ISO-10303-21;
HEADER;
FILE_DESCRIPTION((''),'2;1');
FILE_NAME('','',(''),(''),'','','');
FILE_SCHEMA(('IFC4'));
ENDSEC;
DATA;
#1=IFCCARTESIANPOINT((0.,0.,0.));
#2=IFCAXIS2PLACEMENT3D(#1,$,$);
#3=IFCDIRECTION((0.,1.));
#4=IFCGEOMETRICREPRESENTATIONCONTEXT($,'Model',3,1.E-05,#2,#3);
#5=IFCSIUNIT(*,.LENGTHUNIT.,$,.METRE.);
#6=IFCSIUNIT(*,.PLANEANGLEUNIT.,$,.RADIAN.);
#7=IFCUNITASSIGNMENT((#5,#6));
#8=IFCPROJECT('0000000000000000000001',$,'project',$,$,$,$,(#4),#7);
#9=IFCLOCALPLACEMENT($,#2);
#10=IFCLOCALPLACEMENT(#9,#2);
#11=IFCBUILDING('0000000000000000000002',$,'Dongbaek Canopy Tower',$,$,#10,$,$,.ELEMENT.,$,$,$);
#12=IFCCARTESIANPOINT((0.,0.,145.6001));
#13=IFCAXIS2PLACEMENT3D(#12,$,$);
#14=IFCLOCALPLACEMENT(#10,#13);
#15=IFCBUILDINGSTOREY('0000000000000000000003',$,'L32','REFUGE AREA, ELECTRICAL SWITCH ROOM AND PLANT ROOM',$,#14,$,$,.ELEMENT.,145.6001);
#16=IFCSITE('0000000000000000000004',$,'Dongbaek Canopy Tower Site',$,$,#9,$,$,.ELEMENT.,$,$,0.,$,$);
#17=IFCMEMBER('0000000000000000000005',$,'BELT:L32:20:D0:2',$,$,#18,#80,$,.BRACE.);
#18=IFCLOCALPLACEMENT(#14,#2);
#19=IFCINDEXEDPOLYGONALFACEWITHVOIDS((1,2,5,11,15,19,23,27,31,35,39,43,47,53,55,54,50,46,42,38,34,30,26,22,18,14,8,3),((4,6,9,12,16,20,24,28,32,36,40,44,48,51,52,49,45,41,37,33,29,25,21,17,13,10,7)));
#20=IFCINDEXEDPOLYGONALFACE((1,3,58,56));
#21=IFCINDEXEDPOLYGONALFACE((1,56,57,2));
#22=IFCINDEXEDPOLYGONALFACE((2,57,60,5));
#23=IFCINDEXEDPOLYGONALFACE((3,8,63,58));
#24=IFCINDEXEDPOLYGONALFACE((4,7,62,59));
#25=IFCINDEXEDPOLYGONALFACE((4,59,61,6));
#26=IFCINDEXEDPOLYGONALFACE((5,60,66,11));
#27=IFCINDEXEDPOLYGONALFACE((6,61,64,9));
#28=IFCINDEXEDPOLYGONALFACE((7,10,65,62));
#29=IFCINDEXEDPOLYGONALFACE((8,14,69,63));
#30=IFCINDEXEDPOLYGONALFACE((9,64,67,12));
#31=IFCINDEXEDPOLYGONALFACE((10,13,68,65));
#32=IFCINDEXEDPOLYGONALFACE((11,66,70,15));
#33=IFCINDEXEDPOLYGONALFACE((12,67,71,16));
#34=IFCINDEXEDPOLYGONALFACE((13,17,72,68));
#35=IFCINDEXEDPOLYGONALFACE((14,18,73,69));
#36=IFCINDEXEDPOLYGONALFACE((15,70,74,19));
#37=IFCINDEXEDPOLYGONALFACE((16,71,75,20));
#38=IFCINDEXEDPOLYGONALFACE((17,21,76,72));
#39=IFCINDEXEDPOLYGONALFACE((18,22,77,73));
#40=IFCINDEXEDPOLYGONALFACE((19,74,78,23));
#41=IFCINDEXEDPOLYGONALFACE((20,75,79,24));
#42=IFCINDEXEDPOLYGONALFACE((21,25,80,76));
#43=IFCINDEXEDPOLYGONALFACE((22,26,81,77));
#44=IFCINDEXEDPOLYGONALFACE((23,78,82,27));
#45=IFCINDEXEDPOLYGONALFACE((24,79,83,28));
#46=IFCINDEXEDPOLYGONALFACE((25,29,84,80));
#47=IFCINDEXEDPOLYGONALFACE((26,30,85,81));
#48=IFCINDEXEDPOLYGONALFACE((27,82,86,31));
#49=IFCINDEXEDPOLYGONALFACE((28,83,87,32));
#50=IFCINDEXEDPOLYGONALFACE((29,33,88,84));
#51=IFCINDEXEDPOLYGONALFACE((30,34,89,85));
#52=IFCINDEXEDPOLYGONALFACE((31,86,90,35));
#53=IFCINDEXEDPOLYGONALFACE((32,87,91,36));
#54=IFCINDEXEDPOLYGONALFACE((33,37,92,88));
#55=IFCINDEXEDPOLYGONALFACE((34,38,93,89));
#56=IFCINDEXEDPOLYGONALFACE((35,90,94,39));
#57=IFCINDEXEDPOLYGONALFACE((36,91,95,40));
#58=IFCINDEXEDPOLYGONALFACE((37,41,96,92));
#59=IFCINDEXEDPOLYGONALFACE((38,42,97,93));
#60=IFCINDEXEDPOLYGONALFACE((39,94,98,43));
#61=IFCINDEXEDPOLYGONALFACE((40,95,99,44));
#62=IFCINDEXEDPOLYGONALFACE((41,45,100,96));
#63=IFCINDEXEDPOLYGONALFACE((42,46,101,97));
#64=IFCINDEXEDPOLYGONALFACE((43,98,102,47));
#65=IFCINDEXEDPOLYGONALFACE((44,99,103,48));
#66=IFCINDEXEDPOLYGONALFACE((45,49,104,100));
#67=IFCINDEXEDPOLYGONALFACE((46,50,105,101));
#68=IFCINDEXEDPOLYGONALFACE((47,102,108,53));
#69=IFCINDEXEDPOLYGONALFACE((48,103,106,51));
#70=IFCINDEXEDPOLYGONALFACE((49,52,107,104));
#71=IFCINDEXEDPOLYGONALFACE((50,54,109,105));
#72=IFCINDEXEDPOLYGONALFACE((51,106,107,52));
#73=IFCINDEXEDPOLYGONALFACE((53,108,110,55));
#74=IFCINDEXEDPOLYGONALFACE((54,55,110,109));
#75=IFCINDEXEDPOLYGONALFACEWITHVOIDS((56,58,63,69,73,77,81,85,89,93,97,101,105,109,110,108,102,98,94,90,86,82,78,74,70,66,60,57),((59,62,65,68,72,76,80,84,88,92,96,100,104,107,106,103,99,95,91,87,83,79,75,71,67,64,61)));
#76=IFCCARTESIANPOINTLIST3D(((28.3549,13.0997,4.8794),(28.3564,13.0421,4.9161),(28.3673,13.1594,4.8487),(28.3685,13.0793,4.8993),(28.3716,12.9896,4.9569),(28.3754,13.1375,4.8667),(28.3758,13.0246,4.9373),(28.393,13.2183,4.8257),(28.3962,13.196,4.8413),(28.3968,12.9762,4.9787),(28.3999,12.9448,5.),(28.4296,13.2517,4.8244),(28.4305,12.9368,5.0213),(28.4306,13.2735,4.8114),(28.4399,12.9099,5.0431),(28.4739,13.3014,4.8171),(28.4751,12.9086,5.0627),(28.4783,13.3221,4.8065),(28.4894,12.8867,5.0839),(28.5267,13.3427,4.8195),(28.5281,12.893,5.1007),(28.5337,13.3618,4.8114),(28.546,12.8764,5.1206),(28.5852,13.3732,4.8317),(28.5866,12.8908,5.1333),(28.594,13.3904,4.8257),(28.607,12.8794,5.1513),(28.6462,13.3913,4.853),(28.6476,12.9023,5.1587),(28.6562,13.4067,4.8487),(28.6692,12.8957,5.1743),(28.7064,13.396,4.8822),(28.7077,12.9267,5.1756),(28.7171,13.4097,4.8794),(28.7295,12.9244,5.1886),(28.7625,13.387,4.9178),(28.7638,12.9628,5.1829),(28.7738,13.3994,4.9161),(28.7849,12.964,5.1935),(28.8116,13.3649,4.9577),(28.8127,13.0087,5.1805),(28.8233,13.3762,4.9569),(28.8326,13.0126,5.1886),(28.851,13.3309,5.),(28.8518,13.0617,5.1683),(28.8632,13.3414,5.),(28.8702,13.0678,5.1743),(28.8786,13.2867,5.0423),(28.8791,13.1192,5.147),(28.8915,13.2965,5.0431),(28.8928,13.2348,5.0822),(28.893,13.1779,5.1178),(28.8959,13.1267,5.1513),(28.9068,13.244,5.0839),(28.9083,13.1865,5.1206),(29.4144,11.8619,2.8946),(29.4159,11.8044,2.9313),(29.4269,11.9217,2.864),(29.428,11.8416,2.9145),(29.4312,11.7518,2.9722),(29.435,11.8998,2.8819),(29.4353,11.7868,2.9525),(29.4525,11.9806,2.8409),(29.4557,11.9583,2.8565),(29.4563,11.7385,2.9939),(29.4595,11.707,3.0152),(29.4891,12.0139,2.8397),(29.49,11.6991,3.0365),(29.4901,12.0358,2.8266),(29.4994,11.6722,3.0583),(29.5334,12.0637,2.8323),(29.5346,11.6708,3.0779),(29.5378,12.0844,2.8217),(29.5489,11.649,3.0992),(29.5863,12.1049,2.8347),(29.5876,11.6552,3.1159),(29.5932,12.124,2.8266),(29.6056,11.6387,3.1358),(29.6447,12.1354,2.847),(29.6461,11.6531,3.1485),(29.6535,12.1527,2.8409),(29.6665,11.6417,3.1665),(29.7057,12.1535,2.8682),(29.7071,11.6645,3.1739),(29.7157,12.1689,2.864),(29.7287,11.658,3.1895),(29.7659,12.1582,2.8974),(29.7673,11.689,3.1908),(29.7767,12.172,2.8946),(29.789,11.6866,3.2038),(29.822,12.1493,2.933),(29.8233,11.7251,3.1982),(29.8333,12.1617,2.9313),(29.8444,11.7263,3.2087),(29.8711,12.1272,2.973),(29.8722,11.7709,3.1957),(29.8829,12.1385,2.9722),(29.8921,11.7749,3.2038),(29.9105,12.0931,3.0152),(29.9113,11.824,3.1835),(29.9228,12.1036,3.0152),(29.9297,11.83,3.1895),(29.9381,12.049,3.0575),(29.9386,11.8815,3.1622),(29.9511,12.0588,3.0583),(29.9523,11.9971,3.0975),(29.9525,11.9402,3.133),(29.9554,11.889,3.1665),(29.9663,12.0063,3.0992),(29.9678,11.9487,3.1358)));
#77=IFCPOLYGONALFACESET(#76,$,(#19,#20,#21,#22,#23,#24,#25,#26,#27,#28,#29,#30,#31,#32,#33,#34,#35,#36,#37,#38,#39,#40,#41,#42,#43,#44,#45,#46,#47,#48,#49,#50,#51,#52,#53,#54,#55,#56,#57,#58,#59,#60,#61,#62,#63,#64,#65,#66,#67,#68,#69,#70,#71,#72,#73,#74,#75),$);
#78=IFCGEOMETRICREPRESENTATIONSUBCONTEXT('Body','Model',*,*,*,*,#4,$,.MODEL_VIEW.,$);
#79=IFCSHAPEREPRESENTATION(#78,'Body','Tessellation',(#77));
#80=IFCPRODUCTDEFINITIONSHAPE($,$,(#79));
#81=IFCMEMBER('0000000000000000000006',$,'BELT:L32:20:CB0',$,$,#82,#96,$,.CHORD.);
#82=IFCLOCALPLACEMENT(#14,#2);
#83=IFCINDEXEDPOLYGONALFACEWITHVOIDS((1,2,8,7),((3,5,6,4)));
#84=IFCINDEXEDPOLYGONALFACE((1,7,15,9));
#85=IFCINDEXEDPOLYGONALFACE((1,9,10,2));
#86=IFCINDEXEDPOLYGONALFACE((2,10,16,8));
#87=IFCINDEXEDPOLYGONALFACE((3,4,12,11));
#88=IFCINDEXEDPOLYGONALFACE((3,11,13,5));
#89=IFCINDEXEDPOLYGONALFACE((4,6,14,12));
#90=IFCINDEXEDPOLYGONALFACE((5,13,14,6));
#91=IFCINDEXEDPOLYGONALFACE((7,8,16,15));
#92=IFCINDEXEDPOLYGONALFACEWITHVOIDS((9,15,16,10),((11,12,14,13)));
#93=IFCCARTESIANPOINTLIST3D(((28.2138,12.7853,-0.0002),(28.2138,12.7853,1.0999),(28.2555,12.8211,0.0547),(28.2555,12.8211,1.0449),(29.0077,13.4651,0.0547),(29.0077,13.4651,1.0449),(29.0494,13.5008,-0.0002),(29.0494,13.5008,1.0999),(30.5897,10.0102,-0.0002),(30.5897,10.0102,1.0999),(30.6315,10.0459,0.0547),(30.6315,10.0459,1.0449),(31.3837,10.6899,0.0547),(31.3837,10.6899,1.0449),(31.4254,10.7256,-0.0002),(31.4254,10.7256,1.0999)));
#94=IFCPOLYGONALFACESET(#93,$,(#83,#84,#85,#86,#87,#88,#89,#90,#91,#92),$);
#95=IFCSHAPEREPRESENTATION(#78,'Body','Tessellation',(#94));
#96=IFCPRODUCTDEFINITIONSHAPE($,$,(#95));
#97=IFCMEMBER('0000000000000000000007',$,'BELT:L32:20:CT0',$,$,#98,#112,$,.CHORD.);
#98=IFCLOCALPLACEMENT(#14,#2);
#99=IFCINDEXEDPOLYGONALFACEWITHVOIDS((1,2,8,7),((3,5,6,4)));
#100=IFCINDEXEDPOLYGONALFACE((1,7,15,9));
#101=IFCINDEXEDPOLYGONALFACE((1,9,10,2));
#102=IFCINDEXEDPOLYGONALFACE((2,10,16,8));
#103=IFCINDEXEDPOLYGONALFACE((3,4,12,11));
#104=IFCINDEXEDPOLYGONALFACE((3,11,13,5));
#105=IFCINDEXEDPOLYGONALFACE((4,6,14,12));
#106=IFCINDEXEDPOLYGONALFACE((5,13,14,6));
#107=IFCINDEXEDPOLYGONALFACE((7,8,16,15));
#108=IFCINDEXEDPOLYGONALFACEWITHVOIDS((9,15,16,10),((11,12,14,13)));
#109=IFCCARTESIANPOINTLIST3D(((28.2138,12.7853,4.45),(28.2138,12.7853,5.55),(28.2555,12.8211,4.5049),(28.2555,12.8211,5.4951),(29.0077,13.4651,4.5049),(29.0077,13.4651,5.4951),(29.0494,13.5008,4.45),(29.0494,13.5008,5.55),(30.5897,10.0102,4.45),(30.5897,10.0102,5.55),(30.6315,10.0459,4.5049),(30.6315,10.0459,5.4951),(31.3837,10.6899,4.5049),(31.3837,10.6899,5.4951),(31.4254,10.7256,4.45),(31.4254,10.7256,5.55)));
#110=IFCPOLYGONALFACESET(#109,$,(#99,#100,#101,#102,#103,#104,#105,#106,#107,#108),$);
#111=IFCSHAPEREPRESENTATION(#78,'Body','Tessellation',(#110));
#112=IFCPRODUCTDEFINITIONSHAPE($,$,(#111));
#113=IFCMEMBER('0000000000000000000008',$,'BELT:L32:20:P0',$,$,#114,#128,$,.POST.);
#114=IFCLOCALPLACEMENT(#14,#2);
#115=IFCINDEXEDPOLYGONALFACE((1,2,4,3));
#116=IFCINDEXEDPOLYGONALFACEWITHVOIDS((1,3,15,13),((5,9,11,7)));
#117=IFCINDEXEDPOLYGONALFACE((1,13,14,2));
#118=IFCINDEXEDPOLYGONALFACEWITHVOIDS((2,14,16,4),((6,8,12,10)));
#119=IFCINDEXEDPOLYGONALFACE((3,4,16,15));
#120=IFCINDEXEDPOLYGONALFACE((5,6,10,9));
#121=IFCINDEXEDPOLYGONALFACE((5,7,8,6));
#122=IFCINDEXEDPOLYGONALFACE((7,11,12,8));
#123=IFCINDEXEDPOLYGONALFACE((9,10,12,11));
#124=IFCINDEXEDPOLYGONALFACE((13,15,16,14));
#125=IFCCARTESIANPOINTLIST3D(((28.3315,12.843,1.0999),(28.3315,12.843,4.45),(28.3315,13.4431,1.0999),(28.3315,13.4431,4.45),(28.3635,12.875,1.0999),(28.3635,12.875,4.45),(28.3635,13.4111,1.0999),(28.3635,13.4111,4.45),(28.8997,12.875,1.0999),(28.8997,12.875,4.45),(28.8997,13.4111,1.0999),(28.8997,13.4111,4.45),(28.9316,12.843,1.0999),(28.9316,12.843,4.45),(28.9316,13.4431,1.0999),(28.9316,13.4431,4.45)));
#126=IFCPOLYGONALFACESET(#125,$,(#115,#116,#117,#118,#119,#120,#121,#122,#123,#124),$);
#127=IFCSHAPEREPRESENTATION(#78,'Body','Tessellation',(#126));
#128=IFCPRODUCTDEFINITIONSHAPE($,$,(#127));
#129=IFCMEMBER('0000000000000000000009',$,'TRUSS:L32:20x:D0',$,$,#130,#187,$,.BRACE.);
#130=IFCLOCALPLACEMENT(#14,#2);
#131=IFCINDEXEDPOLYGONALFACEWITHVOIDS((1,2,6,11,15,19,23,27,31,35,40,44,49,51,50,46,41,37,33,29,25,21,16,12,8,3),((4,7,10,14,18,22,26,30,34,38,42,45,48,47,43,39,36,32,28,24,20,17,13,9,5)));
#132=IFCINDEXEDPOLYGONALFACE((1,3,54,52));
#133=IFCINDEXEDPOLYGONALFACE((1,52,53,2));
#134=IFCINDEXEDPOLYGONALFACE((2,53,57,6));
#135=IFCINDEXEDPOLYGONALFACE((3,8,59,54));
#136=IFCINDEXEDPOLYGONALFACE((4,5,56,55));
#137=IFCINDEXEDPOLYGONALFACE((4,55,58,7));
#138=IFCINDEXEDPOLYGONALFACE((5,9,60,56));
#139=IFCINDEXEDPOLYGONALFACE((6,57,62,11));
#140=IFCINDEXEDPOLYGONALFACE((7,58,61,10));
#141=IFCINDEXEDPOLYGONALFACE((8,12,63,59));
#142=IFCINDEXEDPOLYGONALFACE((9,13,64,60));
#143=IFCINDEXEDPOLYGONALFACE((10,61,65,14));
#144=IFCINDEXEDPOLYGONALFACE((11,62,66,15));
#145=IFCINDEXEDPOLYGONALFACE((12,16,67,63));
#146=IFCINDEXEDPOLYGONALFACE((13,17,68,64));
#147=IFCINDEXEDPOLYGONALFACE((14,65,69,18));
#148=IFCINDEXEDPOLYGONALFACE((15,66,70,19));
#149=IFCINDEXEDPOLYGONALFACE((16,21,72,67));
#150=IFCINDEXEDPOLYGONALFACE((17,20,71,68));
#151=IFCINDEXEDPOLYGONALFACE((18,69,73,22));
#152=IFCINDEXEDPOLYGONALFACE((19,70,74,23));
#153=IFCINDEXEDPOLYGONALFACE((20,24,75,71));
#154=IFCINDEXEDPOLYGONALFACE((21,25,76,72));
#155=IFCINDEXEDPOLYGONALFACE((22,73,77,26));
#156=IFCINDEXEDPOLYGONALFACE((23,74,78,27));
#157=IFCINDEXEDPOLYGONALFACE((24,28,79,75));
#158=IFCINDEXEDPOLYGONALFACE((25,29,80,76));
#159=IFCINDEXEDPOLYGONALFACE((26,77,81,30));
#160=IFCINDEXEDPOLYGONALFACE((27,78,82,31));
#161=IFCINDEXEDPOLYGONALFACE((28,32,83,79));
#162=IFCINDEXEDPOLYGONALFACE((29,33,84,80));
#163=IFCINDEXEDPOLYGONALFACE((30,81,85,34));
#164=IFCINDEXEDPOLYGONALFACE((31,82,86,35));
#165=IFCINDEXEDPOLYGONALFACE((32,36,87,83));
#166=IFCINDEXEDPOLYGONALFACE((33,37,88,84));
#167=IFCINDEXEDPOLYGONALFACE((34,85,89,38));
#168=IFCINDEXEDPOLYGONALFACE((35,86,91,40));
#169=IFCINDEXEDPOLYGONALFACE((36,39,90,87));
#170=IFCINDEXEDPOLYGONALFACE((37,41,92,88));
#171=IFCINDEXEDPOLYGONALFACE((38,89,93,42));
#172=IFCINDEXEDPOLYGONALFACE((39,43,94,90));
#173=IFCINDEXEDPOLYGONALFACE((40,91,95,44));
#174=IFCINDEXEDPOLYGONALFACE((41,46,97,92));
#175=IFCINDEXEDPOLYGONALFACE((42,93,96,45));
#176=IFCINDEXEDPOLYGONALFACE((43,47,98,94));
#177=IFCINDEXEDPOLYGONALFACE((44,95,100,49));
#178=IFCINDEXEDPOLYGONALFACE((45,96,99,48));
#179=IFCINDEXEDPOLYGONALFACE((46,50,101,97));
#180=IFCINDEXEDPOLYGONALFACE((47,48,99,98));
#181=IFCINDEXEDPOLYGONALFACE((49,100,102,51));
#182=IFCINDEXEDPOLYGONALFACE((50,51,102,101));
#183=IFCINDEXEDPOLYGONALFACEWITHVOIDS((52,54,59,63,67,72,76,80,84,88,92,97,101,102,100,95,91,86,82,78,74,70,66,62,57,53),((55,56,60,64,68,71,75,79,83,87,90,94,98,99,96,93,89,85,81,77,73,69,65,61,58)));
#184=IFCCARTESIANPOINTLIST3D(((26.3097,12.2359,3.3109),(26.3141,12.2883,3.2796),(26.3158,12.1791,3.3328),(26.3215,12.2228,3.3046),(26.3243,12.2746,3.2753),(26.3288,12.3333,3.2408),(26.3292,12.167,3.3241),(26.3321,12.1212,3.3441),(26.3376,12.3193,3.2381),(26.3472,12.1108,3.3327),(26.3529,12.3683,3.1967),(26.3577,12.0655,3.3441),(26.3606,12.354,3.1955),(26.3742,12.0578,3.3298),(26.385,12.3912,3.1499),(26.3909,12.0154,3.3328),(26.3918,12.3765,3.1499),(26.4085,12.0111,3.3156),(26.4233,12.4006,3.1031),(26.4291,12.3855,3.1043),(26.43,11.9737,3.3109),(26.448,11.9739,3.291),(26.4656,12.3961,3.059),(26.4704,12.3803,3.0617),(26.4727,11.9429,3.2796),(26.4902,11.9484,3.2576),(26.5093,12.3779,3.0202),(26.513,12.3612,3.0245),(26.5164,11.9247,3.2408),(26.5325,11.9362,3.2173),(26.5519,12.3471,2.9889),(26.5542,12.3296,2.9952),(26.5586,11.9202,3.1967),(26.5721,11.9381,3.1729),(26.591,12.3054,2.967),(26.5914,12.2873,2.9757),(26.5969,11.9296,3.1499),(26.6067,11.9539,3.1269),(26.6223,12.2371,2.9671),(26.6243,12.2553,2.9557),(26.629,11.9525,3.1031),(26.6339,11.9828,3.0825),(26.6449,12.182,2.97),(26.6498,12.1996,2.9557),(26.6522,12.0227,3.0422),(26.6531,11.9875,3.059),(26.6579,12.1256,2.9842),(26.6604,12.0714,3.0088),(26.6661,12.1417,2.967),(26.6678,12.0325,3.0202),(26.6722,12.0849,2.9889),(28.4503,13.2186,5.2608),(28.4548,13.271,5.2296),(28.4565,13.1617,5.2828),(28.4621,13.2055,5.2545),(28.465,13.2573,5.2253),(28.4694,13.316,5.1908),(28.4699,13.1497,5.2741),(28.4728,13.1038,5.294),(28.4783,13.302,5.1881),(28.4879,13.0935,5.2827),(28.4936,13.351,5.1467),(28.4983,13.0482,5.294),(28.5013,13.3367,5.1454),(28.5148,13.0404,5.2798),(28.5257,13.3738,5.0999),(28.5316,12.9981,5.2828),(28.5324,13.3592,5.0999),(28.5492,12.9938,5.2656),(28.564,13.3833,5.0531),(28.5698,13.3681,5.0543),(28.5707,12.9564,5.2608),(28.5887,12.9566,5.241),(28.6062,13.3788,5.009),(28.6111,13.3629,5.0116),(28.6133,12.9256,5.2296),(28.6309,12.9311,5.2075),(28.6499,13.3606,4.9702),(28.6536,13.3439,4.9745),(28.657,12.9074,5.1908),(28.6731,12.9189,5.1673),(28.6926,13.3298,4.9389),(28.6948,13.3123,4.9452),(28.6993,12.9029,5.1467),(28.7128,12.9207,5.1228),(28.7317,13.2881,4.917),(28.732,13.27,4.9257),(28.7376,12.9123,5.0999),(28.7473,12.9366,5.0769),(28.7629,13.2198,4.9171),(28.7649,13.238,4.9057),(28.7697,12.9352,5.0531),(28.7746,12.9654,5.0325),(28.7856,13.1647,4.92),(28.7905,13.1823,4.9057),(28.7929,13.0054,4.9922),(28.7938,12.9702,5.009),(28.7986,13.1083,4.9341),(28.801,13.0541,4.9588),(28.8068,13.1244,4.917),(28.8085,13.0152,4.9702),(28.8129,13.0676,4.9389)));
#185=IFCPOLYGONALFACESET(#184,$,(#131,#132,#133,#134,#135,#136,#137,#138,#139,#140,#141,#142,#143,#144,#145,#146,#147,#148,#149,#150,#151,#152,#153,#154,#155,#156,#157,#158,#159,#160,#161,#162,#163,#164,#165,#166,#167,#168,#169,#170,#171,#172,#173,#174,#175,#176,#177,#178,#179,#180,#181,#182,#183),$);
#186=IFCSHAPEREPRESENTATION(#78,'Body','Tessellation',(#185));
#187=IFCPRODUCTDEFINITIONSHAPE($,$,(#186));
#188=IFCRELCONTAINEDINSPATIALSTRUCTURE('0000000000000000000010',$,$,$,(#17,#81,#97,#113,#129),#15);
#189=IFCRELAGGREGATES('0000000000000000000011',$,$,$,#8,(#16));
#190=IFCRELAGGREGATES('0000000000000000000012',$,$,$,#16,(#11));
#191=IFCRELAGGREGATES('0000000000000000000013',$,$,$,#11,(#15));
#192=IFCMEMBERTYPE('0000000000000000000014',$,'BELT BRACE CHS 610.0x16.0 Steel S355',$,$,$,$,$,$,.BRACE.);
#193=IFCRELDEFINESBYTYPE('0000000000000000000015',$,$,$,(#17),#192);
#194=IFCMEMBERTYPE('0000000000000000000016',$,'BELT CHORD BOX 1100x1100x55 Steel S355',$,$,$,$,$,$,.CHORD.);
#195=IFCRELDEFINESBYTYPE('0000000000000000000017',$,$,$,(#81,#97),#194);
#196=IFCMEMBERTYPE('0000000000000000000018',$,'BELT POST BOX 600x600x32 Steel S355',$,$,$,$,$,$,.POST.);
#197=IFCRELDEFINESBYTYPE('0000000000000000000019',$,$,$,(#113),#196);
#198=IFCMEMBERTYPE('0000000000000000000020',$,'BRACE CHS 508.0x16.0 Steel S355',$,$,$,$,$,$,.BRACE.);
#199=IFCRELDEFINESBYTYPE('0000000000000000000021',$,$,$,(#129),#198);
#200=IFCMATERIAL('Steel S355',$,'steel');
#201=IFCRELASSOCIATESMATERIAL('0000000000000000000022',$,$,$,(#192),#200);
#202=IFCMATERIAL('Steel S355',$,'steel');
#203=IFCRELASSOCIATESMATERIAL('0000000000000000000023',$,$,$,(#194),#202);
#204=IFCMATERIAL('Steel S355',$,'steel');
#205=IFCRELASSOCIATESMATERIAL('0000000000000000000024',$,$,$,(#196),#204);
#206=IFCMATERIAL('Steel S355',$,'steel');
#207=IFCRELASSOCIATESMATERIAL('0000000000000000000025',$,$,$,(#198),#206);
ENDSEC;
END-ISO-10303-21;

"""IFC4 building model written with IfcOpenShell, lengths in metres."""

from ifc_helpers import new_model, si_unit, direction, frame, origin, origin_2d, place, context, subcontext, project, spatial, hollow_rectangle, hollow_circle, extrude, material, material_profile, profile_set, type_object, element, save


model = new_model("IFC4")

# Units and contexts
model_context = context("Model", 3, precision=1e-05, world=origin(), true_north=direction((0.0, 1.0)))
body_context = subcontext(model_context, "Body", "Model", "MODEL_VIEW")
ifc_project = project(units=[si_unit("LENGTHUNIT", "METRE"), si_unit("PLANEANGLEUNIT", "RADIAN")], contexts=[model_context])

# Site, building, storey
site_placement = place(None, origin())
site = spatial("IfcSite", under=ifc_project, at=site_placement, Name="Dongbaek Canopy Tower Site", CompositionType="ELEMENT", RefElevation=0.0)
building_placement = place(site_placement, origin())
building = spatial("IfcBuilding", under=site, at=building_placement, Name="Dongbaek Canopy Tower", CompositionType="ELEMENT")
storey_placement = place(building_placement, frame((0.0, 0.0, 145.6001)))
storey = spatial("IfcBuildingStorey", under=building, at=storey_placement, Name="L32", Description="REFUGE AREA, ELECTRICAL SWITCH ROOM AND PLANT ROOM", CompositionType="ELEMENT", Elevation=145.6001)

# Members
ifc_material_1 = material(Name="Steel S355", Category="steel")
ifc_material_profile_1 = material_profile(ifc_material_1, hollow_circle(Radius=0.3049, WallThickness=0.0161, at=origin_2d()), Name="BELT BRACE CHS 610.0x16.0 Steel S355")
ifc_profile_set_1 = profile_set([ifc_material_profile_1], Name="Steel S355")
member_type_1 = type_object("IfcMemberType", Name="BELT BRACE CHS 610.0x16.0 Steel S355", PredefinedType="BRACE", material=ifc_profile_set_1)
member_1_placement = place(storey_placement, frame((28.6316, 13.1431, 5.0), z_axis=(0.412609, -0.482011, -0.772929), x_axis=(0.75968, 0.650298, 0.0)))
element("IfcMember", 1, at=member_1_placement, inside=storey, type_object=member_type_1, Name="BELT:L32:20:D0:2", PredefinedType="BRACE", context=body_context, shape_type="SweptSolid", body=[
    extrude(hollow_circle(Radius=0.3049, WallThickness=0.0161, at=origin_2d()), origin(), (0.0, 0.0, 1.0), 2.5679),
])
ifc_material_2 = material(Name="Steel S355", Category="steel")
ifc_material_profile_2 = material_profile(ifc_material_2, hollow_rectangle(XDim=1.1001, YDim=1.1001, WallThickness=0.0549, at=origin_2d()), Name="BELT CHORD BOX 1100x1100x55 Steel S355")
ifc_profile_set_2 = profile_set([ifc_material_profile_2], Name="Steel S355")
member_type_2 = type_object("IfcMemberType", Name="BELT CHORD BOX 1100x1100x55 Steel S355", PredefinedType="CHORD", material=ifc_profile_set_2)
for number, where, z_axis, x_axis, name in (
    (2, (28.6316, 13.1431, 0.5498), (0.650362, -0.759624, 0.0), (0.759624, 0.650362, 0.0), "BELT:L32:20:CB0"),
    (3, (28.6316, 13.1431, 5.0), (0.650362, -0.759624, 0.0), (0.759624, 0.650362, 0.0), "BELT:L32:20:CT0"),
):
    element("IfcMember", number, at=place(storey_placement, frame(where, z_axis=z_axis, x_axis=x_axis)), inside=storey, type_object=member_type_2, Name=name, PredefinedType="CHORD", context=body_context, shape_type="SweptSolid", body=[
        extrude(hollow_rectangle(XDim=1.1001, YDim=1.1001, WallThickness=0.0549, at=origin_2d()), origin(), (0.0, 0.0, 1.0), 3.6533),
    ])
ifc_material_3 = material(Name="Steel S355", Category="steel")
ifc_material_profile_3 = material_profile(ifc_material_3, hollow_rectangle(XDim=0.6001, YDim=0.6001, WallThickness=0.032, at=origin_2d()), Name="BELT POST BOX 600x600x32 Steel S355")
ifc_profile_set_3 = profile_set([ifc_material_profile_3], Name="Steel S355")
member_type_3 = type_object("IfcMemberType", Name="BELT POST BOX 600x600x32 Steel S355", PredefinedType="POST", material=ifc_profile_set_3)
member_2_placement = place(storey_placement, frame((28.6316, 13.1431, 1.0999), z_axis=(0.0, 0.0, 1.0), x_axis=(1.0, 0.0, 0.0)))
element("IfcMember", 4, at=member_2_placement, inside=storey, type_object=member_type_3, Name="BELT:L32:20:P0", PredefinedType="POST", context=body_context, shape_type="SweptSolid", body=[
    extrude(hollow_rectangle(XDim=0.6001, YDim=0.6001, WallThickness=0.032, at=origin_2d()), origin(), (0.0, 0.0, 1.0), 3.3501),
])
ifc_material_4 = material(Name="Steel S355", Category="steel")
ifc_material_profile_4 = material_profile(ifc_material_4, hollow_circle(Radius=0.2539, WallThickness=0.0161, at=origin_2d()), Name="BRACE CHS 508.0x16.0 Steel S355")
ifc_profile_set_4 = profile_set([ifc_material_profile_4], Name="Steel S355")
member_type_4 = type_object("IfcMemberType", Name="BRACE CHS 508.0x16.0 Steel S355", PredefinedType="BRACE", material=ifc_profile_set_4)
member_3_placement = place(storey_placement, frame((26.491, 12.1604, 3.1499), z_axis=(0.700051, 0.321362, 0.637695), x_axis=(-0.417197, 0.908816, 0.0)))
element("IfcMember", 5, at=member_3_placement, inside=storey, type_object=member_type_4, Name="TRUSS:L32:20x:D0", PredefinedType="BRACE", context=body_context, shape_type="SweptSolid", body=[
    extrude(hollow_circle(Radius=0.2539, WallThickness=0.0161, at=origin_2d()), origin(), (0.0, 0.0, 1.0), 3.0579),
])

save(model, "model.ifc")
